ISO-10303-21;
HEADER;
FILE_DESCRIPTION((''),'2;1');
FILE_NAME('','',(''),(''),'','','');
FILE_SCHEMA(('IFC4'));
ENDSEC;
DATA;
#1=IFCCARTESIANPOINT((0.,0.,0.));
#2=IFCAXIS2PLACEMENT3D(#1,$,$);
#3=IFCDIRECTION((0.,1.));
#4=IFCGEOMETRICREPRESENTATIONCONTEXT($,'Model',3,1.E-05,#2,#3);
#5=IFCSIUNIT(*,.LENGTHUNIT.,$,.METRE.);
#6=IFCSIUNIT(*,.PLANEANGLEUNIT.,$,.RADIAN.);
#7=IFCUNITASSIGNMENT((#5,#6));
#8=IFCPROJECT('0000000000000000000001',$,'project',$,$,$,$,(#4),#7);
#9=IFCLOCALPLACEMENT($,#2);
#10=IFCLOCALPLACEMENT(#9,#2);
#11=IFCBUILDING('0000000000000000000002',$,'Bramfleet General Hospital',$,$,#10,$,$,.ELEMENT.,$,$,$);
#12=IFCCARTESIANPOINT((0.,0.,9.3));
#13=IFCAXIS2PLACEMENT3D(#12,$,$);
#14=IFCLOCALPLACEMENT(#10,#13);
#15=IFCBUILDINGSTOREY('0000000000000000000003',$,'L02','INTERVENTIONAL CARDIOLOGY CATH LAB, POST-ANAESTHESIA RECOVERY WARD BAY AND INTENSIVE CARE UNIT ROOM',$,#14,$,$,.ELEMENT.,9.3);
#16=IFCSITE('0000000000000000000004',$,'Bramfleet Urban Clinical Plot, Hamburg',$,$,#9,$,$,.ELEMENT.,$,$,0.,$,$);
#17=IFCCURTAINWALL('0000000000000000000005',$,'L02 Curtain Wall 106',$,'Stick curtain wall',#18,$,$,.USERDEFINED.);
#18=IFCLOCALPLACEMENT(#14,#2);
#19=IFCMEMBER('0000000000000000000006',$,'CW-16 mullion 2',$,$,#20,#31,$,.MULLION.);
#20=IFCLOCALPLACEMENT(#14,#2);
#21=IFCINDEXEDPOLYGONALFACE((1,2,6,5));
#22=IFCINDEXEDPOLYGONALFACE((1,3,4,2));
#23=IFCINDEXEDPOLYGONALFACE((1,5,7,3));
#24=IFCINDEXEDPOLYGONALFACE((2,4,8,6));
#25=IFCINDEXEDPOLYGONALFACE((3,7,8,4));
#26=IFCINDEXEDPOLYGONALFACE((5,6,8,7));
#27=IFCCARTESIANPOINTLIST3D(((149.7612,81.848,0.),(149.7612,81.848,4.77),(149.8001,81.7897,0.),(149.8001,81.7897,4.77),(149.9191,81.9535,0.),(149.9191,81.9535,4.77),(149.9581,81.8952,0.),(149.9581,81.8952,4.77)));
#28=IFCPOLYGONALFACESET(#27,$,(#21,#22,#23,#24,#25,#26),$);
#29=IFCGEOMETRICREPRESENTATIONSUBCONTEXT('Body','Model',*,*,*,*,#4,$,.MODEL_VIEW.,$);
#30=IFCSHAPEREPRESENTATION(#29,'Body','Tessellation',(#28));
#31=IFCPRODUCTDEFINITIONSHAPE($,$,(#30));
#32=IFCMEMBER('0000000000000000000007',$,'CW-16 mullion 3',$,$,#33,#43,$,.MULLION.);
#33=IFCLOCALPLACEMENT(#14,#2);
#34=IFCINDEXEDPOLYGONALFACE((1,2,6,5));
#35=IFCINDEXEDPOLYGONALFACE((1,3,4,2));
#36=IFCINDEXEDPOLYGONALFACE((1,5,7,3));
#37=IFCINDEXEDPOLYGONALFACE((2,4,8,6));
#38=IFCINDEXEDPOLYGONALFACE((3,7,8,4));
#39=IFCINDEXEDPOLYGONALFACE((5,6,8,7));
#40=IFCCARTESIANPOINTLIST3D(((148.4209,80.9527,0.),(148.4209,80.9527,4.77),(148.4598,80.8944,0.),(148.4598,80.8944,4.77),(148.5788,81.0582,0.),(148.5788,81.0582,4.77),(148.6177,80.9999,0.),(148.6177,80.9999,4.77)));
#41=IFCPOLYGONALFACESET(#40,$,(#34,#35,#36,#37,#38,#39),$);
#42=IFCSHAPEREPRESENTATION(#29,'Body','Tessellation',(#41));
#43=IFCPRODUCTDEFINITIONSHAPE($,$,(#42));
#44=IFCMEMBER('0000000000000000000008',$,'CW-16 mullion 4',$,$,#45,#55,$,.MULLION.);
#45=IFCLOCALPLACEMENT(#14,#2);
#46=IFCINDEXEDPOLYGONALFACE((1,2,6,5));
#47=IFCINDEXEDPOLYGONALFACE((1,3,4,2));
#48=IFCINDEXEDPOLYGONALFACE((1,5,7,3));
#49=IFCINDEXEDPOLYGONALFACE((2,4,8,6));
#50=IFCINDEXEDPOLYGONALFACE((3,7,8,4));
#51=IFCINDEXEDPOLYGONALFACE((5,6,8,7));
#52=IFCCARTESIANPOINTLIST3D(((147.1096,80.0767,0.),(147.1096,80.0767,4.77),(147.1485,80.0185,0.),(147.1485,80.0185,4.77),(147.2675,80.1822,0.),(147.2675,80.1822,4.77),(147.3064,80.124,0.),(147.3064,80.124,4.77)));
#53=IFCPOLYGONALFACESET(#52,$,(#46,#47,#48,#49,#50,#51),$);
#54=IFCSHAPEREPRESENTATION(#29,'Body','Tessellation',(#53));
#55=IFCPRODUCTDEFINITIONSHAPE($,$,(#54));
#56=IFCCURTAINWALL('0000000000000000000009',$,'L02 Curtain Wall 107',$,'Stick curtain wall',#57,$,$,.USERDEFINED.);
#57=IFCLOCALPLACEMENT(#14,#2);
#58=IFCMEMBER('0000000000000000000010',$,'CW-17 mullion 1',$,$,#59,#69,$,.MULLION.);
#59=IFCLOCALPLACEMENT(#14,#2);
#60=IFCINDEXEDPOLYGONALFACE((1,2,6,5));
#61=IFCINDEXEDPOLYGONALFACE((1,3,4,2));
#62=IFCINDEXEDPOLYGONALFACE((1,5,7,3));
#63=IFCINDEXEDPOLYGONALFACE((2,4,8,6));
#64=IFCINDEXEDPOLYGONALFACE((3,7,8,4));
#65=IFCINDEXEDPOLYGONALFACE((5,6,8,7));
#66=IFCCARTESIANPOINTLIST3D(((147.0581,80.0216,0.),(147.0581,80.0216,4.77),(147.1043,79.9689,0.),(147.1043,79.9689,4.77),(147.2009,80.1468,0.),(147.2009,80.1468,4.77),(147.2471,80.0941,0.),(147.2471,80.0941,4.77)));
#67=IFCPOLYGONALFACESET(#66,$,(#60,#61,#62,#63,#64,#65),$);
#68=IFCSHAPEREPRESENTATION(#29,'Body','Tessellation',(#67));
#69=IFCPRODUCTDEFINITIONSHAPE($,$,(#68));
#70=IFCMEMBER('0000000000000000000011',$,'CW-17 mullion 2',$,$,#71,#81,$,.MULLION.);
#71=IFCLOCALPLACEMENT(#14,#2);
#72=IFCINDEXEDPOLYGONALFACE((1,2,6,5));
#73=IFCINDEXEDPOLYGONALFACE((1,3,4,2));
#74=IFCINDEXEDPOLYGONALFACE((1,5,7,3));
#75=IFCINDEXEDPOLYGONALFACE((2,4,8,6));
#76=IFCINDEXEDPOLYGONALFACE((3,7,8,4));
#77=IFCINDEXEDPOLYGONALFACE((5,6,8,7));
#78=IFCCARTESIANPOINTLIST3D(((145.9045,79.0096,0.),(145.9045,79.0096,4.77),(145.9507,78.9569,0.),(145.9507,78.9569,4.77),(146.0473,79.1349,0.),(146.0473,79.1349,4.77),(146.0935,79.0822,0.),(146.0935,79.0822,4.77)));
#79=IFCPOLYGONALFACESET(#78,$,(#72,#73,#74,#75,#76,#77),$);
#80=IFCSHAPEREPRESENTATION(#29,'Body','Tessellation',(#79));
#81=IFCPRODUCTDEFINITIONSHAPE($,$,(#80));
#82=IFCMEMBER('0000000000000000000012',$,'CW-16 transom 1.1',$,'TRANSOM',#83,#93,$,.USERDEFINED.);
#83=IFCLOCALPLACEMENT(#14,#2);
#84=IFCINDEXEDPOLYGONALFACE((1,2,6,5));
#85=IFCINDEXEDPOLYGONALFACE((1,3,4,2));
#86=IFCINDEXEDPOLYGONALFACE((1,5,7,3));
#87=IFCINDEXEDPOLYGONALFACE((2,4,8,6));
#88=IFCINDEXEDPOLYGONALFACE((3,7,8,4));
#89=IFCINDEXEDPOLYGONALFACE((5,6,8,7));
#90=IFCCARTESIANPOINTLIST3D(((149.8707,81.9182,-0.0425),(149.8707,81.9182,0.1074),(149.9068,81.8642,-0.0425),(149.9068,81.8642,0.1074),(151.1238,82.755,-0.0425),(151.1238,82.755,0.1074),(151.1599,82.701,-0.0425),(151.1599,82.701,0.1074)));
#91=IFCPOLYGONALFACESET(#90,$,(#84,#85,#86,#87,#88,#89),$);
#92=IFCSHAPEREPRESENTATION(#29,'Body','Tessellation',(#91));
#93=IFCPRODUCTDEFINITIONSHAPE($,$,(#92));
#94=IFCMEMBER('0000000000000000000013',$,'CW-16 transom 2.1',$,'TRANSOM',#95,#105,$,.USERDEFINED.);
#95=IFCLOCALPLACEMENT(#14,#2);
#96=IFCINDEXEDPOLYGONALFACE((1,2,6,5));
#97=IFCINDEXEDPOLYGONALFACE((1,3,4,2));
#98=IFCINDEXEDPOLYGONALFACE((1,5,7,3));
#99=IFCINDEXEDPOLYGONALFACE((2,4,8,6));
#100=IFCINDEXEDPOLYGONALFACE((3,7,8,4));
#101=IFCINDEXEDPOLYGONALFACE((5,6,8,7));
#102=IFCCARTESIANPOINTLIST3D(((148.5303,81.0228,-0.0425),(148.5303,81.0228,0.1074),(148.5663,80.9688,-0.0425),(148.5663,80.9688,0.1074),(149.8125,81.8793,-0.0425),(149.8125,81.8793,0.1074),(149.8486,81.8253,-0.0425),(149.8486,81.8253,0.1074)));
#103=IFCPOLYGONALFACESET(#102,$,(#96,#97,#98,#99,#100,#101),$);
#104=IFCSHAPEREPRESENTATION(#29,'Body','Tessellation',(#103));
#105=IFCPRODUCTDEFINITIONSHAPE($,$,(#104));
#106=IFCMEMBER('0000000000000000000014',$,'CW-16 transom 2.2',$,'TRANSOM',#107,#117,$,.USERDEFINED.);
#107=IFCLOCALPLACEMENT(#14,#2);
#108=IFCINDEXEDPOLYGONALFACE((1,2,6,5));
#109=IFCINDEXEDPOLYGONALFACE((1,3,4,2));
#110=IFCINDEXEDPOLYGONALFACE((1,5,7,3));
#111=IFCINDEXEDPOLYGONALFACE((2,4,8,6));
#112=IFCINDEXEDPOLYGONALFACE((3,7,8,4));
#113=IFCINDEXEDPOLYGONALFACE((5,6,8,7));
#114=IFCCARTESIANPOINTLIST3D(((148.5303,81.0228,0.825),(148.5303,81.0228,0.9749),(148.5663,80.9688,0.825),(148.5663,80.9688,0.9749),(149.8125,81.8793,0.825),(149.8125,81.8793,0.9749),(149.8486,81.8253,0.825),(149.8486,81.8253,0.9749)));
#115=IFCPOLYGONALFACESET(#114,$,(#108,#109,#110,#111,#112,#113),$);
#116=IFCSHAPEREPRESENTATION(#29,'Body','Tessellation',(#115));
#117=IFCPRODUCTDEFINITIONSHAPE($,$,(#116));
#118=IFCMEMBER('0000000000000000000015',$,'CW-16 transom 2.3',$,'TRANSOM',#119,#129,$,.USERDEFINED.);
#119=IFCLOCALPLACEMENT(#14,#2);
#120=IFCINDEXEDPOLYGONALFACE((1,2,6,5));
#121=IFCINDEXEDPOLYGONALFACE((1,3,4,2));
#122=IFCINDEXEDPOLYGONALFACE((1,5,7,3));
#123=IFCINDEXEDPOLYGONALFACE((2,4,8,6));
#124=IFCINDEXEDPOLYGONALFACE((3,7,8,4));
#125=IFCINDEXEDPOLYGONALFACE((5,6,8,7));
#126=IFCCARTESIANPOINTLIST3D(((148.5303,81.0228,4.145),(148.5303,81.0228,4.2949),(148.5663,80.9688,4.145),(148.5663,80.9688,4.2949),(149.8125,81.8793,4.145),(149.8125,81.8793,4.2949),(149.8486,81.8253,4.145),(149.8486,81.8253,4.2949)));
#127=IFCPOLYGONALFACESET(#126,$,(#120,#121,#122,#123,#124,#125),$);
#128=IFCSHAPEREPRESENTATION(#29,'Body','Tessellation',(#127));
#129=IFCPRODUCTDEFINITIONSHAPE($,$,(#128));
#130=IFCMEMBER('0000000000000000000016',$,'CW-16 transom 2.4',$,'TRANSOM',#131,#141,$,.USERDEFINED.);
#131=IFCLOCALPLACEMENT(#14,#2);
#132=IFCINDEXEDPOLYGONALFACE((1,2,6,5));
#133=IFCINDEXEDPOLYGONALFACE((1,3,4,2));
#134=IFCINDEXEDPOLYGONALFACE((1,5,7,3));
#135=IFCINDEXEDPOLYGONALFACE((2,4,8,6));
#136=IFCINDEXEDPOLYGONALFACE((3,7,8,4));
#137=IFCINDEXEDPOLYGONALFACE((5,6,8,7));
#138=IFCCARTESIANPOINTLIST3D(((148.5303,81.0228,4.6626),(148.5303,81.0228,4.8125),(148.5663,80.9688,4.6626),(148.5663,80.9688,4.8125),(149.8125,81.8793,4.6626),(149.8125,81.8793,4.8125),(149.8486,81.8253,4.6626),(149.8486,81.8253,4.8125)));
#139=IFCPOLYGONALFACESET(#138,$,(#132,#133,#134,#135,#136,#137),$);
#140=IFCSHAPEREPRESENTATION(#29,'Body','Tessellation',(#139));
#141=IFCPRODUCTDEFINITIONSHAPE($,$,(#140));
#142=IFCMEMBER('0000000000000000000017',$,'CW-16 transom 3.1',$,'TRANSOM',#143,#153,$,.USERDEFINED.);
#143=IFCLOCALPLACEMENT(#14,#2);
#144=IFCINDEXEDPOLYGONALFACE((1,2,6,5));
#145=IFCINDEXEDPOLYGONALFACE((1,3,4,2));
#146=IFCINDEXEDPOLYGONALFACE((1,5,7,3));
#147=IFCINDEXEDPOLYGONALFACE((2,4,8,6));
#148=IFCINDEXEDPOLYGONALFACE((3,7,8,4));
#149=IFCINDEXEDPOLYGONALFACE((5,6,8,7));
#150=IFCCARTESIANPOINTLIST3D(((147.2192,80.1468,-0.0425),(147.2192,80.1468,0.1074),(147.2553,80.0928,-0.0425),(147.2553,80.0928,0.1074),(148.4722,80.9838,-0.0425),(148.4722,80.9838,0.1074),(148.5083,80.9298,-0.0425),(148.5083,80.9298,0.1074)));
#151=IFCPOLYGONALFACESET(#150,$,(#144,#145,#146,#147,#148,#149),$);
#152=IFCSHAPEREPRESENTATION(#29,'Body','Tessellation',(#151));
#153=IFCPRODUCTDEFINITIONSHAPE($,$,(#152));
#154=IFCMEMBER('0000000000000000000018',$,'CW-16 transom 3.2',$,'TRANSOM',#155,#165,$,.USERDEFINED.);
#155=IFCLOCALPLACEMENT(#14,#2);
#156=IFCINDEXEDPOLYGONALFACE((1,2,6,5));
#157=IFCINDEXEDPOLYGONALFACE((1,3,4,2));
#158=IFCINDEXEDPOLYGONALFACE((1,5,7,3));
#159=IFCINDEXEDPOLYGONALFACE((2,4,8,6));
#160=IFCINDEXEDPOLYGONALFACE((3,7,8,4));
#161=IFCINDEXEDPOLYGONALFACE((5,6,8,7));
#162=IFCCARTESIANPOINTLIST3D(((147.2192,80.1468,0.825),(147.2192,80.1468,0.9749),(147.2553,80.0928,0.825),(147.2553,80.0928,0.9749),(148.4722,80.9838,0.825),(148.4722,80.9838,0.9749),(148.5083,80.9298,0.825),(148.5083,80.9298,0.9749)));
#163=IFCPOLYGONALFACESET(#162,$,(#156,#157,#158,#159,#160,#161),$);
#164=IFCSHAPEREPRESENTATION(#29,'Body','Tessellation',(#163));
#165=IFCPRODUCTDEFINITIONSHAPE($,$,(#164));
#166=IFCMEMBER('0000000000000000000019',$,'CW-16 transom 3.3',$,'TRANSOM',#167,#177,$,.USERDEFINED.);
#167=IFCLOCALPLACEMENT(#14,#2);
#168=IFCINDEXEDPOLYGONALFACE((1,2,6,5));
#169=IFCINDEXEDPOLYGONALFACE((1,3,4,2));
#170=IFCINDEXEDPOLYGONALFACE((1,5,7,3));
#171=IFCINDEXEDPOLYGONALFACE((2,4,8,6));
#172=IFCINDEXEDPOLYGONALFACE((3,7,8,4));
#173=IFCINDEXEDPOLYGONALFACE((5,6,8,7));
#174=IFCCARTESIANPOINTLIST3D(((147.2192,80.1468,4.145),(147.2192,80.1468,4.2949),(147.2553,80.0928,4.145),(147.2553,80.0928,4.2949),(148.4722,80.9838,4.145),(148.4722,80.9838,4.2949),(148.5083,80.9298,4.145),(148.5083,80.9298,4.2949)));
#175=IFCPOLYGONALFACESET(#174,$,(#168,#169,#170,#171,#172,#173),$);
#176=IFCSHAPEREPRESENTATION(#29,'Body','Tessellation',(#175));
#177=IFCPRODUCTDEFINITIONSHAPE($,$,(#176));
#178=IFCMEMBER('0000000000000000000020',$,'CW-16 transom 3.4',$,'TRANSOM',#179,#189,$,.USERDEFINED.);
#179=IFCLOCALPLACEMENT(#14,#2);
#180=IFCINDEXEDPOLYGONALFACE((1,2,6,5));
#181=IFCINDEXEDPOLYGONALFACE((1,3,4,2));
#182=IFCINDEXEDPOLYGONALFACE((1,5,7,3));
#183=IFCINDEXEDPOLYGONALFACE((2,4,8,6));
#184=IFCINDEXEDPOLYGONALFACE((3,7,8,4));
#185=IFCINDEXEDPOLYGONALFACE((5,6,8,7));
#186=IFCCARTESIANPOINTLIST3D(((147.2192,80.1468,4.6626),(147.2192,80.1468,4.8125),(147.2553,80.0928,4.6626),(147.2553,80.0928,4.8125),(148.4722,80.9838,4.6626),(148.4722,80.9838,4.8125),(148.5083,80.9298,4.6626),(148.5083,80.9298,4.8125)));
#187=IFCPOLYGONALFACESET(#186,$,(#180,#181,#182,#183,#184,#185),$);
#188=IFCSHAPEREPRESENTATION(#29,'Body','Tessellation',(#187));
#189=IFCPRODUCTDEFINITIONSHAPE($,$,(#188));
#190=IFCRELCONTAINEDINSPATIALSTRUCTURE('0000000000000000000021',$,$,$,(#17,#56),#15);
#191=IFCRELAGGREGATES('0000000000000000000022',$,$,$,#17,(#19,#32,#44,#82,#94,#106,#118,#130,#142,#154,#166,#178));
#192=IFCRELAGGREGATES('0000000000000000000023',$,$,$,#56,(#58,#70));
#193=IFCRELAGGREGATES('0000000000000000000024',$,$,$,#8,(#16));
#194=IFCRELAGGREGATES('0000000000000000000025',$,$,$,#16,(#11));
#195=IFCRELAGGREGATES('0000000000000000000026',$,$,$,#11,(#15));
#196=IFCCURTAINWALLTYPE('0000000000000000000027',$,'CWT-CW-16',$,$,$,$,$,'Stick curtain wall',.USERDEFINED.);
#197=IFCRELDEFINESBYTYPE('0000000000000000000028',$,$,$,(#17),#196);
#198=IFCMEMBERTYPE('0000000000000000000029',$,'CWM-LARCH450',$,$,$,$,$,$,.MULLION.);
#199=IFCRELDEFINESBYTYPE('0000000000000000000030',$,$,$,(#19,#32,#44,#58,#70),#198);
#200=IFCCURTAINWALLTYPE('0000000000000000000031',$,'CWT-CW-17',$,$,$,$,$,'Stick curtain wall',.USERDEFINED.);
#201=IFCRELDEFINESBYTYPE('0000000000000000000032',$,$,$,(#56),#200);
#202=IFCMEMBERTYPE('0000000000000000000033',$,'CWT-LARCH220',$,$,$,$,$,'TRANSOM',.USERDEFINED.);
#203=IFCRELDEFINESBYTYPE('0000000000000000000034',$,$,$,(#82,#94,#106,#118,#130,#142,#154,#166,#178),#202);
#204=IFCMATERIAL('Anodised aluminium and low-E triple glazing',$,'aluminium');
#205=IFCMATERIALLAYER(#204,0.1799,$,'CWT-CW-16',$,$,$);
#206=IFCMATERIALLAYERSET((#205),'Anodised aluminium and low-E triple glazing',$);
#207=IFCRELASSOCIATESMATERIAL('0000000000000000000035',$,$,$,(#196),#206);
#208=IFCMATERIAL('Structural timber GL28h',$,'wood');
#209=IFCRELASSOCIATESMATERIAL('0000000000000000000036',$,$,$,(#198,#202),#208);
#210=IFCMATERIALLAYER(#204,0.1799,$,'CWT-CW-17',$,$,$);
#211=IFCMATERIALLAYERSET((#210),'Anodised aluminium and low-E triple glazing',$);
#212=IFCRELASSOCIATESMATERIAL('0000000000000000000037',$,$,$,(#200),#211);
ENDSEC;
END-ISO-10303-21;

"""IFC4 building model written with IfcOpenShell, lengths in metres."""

from ifc_helpers import new_model, si_unit, direction, frame, origin, origin_2d, place, context, subcontext, project, spatial, rectangle, extrude, material, layer, layer_set, material_profile, profile_set, type_object, element, aggregate, save


model = new_model("IFC4")

# Units and contexts
model_context = context("Model", 3, precision=1e-05, world=origin(), true_north=direction((0.0, 1.0)))
body_context = subcontext(model_context, "Body", "Model", "MODEL_VIEW")
ifc_project = project(units=[si_unit("LENGTHUNIT", "METRE"), si_unit("PLANEANGLEUNIT", "RADIAN")], contexts=[model_context])

# Site, building, storey
site_placement = place(None, origin())
site = spatial("IfcSite", under=ifc_project, at=site_placement, Name="Bramfleet Urban Clinical Plot, Hamburg", CompositionType="ELEMENT", RefElevation=0.0)
building_placement = place(site_placement, origin())
building = spatial("IfcBuilding", under=site, at=building_placement, Name="Bramfleet General Hospital", CompositionType="ELEMENT")
storey_placement = place(building_placement, frame((0.0, 0.0, 9.3)))
storey = spatial("IfcBuildingStorey", under=building, at=storey_placement, Name="L02", Description="INTERVENTIONAL CARDIOLOGY CATH LAB, POST-ANAESTHESIA RECOVERY WARD BAY AND INTENSIVE CARE UNIT ROOM", CompositionType="ELEMENT", Elevation=9.3)

# Curtain walls, members
ifc_material_1 = material(Name="Anodised aluminium and low-E triple glazing", Category="aluminium")
ifc_layer_1 = layer(ifc_material_1, 0.1799, Name="CWT-CW-16")
ifc_layer_set_1 = layer_set([ifc_layer_1], Name="Anodised aluminium and low-E triple glazing")
curtain_wall_type_1 = type_object("IfcCurtainWallType", Name="CWT-CW-16", ElementType="Stick curtain wall", PredefinedType="USERDEFINED", material=ifc_layer_set_1)
curtain_wall_1_placement = place(storey_placement, origin())
curtain_wall_1 = element("IfcCurtainWall", 1, at=curtain_wall_1_placement, inside=storey, type_object=curtain_wall_type_1, Name="L02 Curtain Wall 106", ObjectType="Stick curtain wall", PredefinedType="USERDEFINED")
ifc_material_2 = material(Name="Structural timber GL28h", Category="wood")
ifc_material_profile_1 = material_profile(ifc_material_2, rectangle(XDim=0.0701, YDim=0.1899, at=origin_2d()), Name="LARCH 190x70")
ifc_profile_set_1 = profile_set([ifc_material_profile_1], Name="Structural timber GL28h")
member_type_1 = type_object("IfcMemberType", Name="CWM-LARCH450", PredefinedType="MULLION", material=ifc_profile_set_1)
member_1_placement = place(storey_placement, frame((149.8596, 81.8716, 0.0), z_axis=(0.0, 0.0, 1.0), x_axis=(0.555464, -0.831541, 0.0)))
member_1 = element("IfcMember", 2, at=member_1_placement, type_object=member_type_1, Name="CW-16 mullion 2", PredefinedType="MULLION", context=body_context, shape_type="SweptSolid", body=[
    extrude(rectangle(XDim=0.0701, YDim=0.1899, at=origin_2d()), origin(), (0.0, 0.0, 1.0), 4.77),
])
member_2_placement = place(storey_placement, frame((148.5193, 80.9763, 0.0), z_axis=(0.0, 0.0, 1.0), x_axis=(0.555464, -0.831541, 0.0)))
member_2 = element("IfcMember", 3, at=member_2_placement, type_object=member_type_1, Name="CW-16 mullion 3", PredefinedType="MULLION", context=body_context, shape_type="SweptSolid", body=[
    extrude(rectangle(XDim=0.0701, YDim=0.1899, at=origin_2d()), origin(), (0.0, 0.0, 1.0), 4.77),
])
member_3_placement = place(storey_placement, frame((147.208, 80.1003, 0.0), z_axis=(0.0, 0.0, 1.0), x_axis=(0.555464, -0.831541, 0.0)))
member_3 = element("IfcMember", 4, at=member_3_placement, type_object=member_type_1, Name="CW-16 mullion 4", PredefinedType="MULLION", context=body_context, shape_type="SweptSolid", body=[
    extrude(rectangle(XDim=0.0701, YDim=0.1899, at=origin_2d()), origin(), (0.0, 0.0, 1.0), 4.77),
])
ifc_layer_2 = layer(ifc_material_1, 0.1799, Name="CWT-CW-17")
ifc_layer_set_2 = layer_set([ifc_layer_2], Name="Anodised aluminium and low-E triple glazing")
curtain_wall_type_2 = type_object("IfcCurtainWallType", Name="CWT-CW-17", ElementType="Stick curtain wall", PredefinedType="USERDEFINED", material=ifc_layer_set_2)
curtain_wall_2_placement = place(storey_placement, origin())
curtain_wall_2 = element("IfcCurtainWall", 5, at=curtain_wall_2_placement, inside=storey, type_object=curtain_wall_type_2, Name="L02 Curtain Wall 107", ObjectType="Stick curtain wall", PredefinedType="USERDEFINED")
member_4_placement = place(storey_placement, frame((147.1526, 80.0579, 0.0), z_axis=(0.0, 0.0, 1.0), x_axis=(0.659406, -0.751787, 0.0)))
member_4 = element("IfcMember", 6, at=member_4_placement, type_object=member_type_1, Name="CW-17 mullion 1", PredefinedType="MULLION", context=body_context, shape_type="SweptSolid", body=[
    extrude(rectangle(XDim=0.0701, YDim=0.1899, at=origin_2d()), origin(), (0.0, 0.0, 1.0), 4.77),
])
member_5_placement = place(storey_placement, frame((145.999, 79.0459, 0.0), z_axis=(0.0, 0.0, 1.0), x_axis=(0.659406, -0.751787, 0.0)))
member_5 = element("IfcMember", 7, at=member_5_placement, type_object=member_type_1, Name="CW-17 mullion 2", PredefinedType="MULLION", context=body_context, shape_type="SweptSolid", body=[
    extrude(rectangle(XDim=0.0701, YDim=0.1899, at=origin_2d()), origin(), (0.0, 0.0, 1.0), 4.77),
])

# Members
ifc_material_profile_2 = material_profile(ifc_material_2, rectangle(XDim=0.0649, YDim=0.1499, at=origin_2d()), Name="LARCH 150x65")
ifc_profile_set_2 = profile_set([ifc_material_profile_2], Name="Structural timber GL28h")
member_type_2 = type_object("IfcMemberType", Name="CWT-LARCH220", ElementType="TRANSOM", PredefinedType="USERDEFINED", material=ifc_profile_set_2)
member_6_placement = place(storey_placement, frame((151.1418, 82.728, 0.0325), z_axis=(-0.831601, -0.555373, 0.0), x_axis=(0.555373, -0.831601, 0.0)))
member_6 = element("IfcMember", 8, at=member_6_placement, type_object=member_type_2, Name="CW-16 transom 1.1", ObjectType="TRANSOM", PredefinedType="USERDEFINED", context=body_context, shape_type="SweptSolid", body=[
    extrude(rectangle(XDim=0.0649, YDim=0.1499, at=origin_2d()), origin(), (0.0, 0.0, 1.0), 1.5068),
])
member_7_placement = place(storey_placement, frame((149.8306, 81.8523, 0.0325), z_axis=(-0.831563, -0.555431, 0.0), x_axis=(0.555431, -0.831563, 0.0)))
member_7 = element("IfcMember", 9, at=member_7_placement, type_object=member_type_2, Name="CW-16 transom 2.1", ObjectType="TRANSOM", PredefinedType="USERDEFINED", context=body_context, shape_type="SweptSolid", body=[
    extrude(rectangle(XDim=0.0649, YDim=0.1499, at=origin_2d()), origin(), (0.0, 0.0, 1.0), 1.542),
])
member_8_placement = place(storey_placement, frame((149.8306, 81.8523, 0.8999), z_axis=(-0.831563, -0.555431, 0.0), x_axis=(0.555431, -0.831563, 0.0)))
member_8 = element("IfcMember", 10, at=member_8_placement, type_object=member_type_2, Name="CW-16 transom 2.2", ObjectType="TRANSOM", PredefinedType="USERDEFINED", context=body_context, shape_type="SweptSolid", body=[
    extrude(rectangle(XDim=0.0649, YDim=0.1499, at=origin_2d()), origin(), (0.0, 0.0, 1.0), 1.542),
])
member_9_placement = place(storey_placement, frame((149.8306, 81.8523, 4.22), z_axis=(-0.831563, -0.555431, 0.0), x_axis=(0.555431, -0.831563, 0.0)))
member_9 = element("IfcMember", 11, at=member_9_placement, type_object=member_type_2, Name="CW-16 transom 2.3", ObjectType="TRANSOM", PredefinedType="USERDEFINED", context=body_context, shape_type="SweptSolid", body=[
    extrude(rectangle(XDim=0.0649, YDim=0.1499, at=origin_2d()), origin(), (0.0, 0.0, 1.0), 1.542),
])
member_10_placement = place(storey_placement, frame((149.8306, 81.8523, 4.7375), z_axis=(-0.831563, -0.555431, 0.0), x_axis=(0.555431, -0.831563, 0.0)))
member_10 = element("IfcMember", 12, at=member_10_placement, type_object=member_type_2, Name="CW-16 transom 2.4", ObjectType="TRANSOM", PredefinedType="USERDEFINED", context=body_context, shape_type="SweptSolid", body=[
    extrude(rectangle(XDim=0.0649, YDim=0.1499, at=origin_2d()), origin(), (0.0, 0.0, 1.0), 1.542),
])
member_11_placement = place(storey_placement, frame((148.4902, 80.9568, 0.0325), z_axis=(-0.831551, -0.555448, 0.0), x_axis=(0.555448, -0.831551, 0.0)))
member_11 = element("IfcMember", 13, at=member_11_placement, type_object=member_type_2, Name="CW-16 transom 3.1", ObjectType="TRANSOM", PredefinedType="USERDEFINED", context=body_context, shape_type="SweptSolid", body=[
    extrude(rectangle(XDim=0.0649, YDim=0.1499, at=origin_2d()), origin(), (0.0, 0.0, 1.0), 1.5068),
])
member_12_placement = place(storey_placement, frame((148.4902, 80.9568, 0.8999), z_axis=(-0.831551, -0.555448, 0.0), x_axis=(0.555448, -0.831551, 0.0)))
member_12 = element("IfcMember", 14, at=member_12_placement, type_object=member_type_2, Name="CW-16 transom 3.2", ObjectType="TRANSOM", PredefinedType="USERDEFINED", context=body_context, shape_type="SweptSolid", body=[
    extrude(rectangle(XDim=0.0649, YDim=0.1499, at=origin_2d()), origin(), (0.0, 0.0, 1.0), 1.5068),
])
member_13_placement = place(storey_placement, frame((148.4902, 80.9568, 4.22), z_axis=(-0.831551, -0.555448, 0.0), x_axis=(0.555448, -0.831551, 0.0)))
member_13 = element("IfcMember", 15, at=member_13_placement, type_object=member_type_2, Name="CW-16 transom 3.3", ObjectType="TRANSOM", PredefinedType="USERDEFINED", context=body_context, shape_type="SweptSolid", body=[
    extrude(rectangle(XDim=0.0649, YDim=0.1499, at=origin_2d()), origin(), (0.0, 0.0, 1.0), 1.5068),
])
member_14_placement = place(storey_placement, frame((148.4902, 80.9568, 4.7375), z_axis=(-0.831551, -0.555448, 0.0), x_axis=(0.555448, -0.831551, 0.0)))
member_14 = element("IfcMember", 16, at=member_14_placement, type_object=member_type_2, Name="CW-16 transom 3.4", ObjectType="TRANSOM", PredefinedType="USERDEFINED", context=body_context, shape_type="SweptSolid", body=[
    extrude(rectangle(XDim=0.0649, YDim=0.1499, at=origin_2d()), origin(), (0.0, 0.0, 1.0), 1.5068),
])

aggregate(curtain_wall_1, [member_1, member_2, member_3, member_6, member_7, member_8, member_9, member_10, member_11, member_12, member_13, member_14])
aggregate(curtain_wall_2, [member_4, member_5])

save(model, "model.ifc")
